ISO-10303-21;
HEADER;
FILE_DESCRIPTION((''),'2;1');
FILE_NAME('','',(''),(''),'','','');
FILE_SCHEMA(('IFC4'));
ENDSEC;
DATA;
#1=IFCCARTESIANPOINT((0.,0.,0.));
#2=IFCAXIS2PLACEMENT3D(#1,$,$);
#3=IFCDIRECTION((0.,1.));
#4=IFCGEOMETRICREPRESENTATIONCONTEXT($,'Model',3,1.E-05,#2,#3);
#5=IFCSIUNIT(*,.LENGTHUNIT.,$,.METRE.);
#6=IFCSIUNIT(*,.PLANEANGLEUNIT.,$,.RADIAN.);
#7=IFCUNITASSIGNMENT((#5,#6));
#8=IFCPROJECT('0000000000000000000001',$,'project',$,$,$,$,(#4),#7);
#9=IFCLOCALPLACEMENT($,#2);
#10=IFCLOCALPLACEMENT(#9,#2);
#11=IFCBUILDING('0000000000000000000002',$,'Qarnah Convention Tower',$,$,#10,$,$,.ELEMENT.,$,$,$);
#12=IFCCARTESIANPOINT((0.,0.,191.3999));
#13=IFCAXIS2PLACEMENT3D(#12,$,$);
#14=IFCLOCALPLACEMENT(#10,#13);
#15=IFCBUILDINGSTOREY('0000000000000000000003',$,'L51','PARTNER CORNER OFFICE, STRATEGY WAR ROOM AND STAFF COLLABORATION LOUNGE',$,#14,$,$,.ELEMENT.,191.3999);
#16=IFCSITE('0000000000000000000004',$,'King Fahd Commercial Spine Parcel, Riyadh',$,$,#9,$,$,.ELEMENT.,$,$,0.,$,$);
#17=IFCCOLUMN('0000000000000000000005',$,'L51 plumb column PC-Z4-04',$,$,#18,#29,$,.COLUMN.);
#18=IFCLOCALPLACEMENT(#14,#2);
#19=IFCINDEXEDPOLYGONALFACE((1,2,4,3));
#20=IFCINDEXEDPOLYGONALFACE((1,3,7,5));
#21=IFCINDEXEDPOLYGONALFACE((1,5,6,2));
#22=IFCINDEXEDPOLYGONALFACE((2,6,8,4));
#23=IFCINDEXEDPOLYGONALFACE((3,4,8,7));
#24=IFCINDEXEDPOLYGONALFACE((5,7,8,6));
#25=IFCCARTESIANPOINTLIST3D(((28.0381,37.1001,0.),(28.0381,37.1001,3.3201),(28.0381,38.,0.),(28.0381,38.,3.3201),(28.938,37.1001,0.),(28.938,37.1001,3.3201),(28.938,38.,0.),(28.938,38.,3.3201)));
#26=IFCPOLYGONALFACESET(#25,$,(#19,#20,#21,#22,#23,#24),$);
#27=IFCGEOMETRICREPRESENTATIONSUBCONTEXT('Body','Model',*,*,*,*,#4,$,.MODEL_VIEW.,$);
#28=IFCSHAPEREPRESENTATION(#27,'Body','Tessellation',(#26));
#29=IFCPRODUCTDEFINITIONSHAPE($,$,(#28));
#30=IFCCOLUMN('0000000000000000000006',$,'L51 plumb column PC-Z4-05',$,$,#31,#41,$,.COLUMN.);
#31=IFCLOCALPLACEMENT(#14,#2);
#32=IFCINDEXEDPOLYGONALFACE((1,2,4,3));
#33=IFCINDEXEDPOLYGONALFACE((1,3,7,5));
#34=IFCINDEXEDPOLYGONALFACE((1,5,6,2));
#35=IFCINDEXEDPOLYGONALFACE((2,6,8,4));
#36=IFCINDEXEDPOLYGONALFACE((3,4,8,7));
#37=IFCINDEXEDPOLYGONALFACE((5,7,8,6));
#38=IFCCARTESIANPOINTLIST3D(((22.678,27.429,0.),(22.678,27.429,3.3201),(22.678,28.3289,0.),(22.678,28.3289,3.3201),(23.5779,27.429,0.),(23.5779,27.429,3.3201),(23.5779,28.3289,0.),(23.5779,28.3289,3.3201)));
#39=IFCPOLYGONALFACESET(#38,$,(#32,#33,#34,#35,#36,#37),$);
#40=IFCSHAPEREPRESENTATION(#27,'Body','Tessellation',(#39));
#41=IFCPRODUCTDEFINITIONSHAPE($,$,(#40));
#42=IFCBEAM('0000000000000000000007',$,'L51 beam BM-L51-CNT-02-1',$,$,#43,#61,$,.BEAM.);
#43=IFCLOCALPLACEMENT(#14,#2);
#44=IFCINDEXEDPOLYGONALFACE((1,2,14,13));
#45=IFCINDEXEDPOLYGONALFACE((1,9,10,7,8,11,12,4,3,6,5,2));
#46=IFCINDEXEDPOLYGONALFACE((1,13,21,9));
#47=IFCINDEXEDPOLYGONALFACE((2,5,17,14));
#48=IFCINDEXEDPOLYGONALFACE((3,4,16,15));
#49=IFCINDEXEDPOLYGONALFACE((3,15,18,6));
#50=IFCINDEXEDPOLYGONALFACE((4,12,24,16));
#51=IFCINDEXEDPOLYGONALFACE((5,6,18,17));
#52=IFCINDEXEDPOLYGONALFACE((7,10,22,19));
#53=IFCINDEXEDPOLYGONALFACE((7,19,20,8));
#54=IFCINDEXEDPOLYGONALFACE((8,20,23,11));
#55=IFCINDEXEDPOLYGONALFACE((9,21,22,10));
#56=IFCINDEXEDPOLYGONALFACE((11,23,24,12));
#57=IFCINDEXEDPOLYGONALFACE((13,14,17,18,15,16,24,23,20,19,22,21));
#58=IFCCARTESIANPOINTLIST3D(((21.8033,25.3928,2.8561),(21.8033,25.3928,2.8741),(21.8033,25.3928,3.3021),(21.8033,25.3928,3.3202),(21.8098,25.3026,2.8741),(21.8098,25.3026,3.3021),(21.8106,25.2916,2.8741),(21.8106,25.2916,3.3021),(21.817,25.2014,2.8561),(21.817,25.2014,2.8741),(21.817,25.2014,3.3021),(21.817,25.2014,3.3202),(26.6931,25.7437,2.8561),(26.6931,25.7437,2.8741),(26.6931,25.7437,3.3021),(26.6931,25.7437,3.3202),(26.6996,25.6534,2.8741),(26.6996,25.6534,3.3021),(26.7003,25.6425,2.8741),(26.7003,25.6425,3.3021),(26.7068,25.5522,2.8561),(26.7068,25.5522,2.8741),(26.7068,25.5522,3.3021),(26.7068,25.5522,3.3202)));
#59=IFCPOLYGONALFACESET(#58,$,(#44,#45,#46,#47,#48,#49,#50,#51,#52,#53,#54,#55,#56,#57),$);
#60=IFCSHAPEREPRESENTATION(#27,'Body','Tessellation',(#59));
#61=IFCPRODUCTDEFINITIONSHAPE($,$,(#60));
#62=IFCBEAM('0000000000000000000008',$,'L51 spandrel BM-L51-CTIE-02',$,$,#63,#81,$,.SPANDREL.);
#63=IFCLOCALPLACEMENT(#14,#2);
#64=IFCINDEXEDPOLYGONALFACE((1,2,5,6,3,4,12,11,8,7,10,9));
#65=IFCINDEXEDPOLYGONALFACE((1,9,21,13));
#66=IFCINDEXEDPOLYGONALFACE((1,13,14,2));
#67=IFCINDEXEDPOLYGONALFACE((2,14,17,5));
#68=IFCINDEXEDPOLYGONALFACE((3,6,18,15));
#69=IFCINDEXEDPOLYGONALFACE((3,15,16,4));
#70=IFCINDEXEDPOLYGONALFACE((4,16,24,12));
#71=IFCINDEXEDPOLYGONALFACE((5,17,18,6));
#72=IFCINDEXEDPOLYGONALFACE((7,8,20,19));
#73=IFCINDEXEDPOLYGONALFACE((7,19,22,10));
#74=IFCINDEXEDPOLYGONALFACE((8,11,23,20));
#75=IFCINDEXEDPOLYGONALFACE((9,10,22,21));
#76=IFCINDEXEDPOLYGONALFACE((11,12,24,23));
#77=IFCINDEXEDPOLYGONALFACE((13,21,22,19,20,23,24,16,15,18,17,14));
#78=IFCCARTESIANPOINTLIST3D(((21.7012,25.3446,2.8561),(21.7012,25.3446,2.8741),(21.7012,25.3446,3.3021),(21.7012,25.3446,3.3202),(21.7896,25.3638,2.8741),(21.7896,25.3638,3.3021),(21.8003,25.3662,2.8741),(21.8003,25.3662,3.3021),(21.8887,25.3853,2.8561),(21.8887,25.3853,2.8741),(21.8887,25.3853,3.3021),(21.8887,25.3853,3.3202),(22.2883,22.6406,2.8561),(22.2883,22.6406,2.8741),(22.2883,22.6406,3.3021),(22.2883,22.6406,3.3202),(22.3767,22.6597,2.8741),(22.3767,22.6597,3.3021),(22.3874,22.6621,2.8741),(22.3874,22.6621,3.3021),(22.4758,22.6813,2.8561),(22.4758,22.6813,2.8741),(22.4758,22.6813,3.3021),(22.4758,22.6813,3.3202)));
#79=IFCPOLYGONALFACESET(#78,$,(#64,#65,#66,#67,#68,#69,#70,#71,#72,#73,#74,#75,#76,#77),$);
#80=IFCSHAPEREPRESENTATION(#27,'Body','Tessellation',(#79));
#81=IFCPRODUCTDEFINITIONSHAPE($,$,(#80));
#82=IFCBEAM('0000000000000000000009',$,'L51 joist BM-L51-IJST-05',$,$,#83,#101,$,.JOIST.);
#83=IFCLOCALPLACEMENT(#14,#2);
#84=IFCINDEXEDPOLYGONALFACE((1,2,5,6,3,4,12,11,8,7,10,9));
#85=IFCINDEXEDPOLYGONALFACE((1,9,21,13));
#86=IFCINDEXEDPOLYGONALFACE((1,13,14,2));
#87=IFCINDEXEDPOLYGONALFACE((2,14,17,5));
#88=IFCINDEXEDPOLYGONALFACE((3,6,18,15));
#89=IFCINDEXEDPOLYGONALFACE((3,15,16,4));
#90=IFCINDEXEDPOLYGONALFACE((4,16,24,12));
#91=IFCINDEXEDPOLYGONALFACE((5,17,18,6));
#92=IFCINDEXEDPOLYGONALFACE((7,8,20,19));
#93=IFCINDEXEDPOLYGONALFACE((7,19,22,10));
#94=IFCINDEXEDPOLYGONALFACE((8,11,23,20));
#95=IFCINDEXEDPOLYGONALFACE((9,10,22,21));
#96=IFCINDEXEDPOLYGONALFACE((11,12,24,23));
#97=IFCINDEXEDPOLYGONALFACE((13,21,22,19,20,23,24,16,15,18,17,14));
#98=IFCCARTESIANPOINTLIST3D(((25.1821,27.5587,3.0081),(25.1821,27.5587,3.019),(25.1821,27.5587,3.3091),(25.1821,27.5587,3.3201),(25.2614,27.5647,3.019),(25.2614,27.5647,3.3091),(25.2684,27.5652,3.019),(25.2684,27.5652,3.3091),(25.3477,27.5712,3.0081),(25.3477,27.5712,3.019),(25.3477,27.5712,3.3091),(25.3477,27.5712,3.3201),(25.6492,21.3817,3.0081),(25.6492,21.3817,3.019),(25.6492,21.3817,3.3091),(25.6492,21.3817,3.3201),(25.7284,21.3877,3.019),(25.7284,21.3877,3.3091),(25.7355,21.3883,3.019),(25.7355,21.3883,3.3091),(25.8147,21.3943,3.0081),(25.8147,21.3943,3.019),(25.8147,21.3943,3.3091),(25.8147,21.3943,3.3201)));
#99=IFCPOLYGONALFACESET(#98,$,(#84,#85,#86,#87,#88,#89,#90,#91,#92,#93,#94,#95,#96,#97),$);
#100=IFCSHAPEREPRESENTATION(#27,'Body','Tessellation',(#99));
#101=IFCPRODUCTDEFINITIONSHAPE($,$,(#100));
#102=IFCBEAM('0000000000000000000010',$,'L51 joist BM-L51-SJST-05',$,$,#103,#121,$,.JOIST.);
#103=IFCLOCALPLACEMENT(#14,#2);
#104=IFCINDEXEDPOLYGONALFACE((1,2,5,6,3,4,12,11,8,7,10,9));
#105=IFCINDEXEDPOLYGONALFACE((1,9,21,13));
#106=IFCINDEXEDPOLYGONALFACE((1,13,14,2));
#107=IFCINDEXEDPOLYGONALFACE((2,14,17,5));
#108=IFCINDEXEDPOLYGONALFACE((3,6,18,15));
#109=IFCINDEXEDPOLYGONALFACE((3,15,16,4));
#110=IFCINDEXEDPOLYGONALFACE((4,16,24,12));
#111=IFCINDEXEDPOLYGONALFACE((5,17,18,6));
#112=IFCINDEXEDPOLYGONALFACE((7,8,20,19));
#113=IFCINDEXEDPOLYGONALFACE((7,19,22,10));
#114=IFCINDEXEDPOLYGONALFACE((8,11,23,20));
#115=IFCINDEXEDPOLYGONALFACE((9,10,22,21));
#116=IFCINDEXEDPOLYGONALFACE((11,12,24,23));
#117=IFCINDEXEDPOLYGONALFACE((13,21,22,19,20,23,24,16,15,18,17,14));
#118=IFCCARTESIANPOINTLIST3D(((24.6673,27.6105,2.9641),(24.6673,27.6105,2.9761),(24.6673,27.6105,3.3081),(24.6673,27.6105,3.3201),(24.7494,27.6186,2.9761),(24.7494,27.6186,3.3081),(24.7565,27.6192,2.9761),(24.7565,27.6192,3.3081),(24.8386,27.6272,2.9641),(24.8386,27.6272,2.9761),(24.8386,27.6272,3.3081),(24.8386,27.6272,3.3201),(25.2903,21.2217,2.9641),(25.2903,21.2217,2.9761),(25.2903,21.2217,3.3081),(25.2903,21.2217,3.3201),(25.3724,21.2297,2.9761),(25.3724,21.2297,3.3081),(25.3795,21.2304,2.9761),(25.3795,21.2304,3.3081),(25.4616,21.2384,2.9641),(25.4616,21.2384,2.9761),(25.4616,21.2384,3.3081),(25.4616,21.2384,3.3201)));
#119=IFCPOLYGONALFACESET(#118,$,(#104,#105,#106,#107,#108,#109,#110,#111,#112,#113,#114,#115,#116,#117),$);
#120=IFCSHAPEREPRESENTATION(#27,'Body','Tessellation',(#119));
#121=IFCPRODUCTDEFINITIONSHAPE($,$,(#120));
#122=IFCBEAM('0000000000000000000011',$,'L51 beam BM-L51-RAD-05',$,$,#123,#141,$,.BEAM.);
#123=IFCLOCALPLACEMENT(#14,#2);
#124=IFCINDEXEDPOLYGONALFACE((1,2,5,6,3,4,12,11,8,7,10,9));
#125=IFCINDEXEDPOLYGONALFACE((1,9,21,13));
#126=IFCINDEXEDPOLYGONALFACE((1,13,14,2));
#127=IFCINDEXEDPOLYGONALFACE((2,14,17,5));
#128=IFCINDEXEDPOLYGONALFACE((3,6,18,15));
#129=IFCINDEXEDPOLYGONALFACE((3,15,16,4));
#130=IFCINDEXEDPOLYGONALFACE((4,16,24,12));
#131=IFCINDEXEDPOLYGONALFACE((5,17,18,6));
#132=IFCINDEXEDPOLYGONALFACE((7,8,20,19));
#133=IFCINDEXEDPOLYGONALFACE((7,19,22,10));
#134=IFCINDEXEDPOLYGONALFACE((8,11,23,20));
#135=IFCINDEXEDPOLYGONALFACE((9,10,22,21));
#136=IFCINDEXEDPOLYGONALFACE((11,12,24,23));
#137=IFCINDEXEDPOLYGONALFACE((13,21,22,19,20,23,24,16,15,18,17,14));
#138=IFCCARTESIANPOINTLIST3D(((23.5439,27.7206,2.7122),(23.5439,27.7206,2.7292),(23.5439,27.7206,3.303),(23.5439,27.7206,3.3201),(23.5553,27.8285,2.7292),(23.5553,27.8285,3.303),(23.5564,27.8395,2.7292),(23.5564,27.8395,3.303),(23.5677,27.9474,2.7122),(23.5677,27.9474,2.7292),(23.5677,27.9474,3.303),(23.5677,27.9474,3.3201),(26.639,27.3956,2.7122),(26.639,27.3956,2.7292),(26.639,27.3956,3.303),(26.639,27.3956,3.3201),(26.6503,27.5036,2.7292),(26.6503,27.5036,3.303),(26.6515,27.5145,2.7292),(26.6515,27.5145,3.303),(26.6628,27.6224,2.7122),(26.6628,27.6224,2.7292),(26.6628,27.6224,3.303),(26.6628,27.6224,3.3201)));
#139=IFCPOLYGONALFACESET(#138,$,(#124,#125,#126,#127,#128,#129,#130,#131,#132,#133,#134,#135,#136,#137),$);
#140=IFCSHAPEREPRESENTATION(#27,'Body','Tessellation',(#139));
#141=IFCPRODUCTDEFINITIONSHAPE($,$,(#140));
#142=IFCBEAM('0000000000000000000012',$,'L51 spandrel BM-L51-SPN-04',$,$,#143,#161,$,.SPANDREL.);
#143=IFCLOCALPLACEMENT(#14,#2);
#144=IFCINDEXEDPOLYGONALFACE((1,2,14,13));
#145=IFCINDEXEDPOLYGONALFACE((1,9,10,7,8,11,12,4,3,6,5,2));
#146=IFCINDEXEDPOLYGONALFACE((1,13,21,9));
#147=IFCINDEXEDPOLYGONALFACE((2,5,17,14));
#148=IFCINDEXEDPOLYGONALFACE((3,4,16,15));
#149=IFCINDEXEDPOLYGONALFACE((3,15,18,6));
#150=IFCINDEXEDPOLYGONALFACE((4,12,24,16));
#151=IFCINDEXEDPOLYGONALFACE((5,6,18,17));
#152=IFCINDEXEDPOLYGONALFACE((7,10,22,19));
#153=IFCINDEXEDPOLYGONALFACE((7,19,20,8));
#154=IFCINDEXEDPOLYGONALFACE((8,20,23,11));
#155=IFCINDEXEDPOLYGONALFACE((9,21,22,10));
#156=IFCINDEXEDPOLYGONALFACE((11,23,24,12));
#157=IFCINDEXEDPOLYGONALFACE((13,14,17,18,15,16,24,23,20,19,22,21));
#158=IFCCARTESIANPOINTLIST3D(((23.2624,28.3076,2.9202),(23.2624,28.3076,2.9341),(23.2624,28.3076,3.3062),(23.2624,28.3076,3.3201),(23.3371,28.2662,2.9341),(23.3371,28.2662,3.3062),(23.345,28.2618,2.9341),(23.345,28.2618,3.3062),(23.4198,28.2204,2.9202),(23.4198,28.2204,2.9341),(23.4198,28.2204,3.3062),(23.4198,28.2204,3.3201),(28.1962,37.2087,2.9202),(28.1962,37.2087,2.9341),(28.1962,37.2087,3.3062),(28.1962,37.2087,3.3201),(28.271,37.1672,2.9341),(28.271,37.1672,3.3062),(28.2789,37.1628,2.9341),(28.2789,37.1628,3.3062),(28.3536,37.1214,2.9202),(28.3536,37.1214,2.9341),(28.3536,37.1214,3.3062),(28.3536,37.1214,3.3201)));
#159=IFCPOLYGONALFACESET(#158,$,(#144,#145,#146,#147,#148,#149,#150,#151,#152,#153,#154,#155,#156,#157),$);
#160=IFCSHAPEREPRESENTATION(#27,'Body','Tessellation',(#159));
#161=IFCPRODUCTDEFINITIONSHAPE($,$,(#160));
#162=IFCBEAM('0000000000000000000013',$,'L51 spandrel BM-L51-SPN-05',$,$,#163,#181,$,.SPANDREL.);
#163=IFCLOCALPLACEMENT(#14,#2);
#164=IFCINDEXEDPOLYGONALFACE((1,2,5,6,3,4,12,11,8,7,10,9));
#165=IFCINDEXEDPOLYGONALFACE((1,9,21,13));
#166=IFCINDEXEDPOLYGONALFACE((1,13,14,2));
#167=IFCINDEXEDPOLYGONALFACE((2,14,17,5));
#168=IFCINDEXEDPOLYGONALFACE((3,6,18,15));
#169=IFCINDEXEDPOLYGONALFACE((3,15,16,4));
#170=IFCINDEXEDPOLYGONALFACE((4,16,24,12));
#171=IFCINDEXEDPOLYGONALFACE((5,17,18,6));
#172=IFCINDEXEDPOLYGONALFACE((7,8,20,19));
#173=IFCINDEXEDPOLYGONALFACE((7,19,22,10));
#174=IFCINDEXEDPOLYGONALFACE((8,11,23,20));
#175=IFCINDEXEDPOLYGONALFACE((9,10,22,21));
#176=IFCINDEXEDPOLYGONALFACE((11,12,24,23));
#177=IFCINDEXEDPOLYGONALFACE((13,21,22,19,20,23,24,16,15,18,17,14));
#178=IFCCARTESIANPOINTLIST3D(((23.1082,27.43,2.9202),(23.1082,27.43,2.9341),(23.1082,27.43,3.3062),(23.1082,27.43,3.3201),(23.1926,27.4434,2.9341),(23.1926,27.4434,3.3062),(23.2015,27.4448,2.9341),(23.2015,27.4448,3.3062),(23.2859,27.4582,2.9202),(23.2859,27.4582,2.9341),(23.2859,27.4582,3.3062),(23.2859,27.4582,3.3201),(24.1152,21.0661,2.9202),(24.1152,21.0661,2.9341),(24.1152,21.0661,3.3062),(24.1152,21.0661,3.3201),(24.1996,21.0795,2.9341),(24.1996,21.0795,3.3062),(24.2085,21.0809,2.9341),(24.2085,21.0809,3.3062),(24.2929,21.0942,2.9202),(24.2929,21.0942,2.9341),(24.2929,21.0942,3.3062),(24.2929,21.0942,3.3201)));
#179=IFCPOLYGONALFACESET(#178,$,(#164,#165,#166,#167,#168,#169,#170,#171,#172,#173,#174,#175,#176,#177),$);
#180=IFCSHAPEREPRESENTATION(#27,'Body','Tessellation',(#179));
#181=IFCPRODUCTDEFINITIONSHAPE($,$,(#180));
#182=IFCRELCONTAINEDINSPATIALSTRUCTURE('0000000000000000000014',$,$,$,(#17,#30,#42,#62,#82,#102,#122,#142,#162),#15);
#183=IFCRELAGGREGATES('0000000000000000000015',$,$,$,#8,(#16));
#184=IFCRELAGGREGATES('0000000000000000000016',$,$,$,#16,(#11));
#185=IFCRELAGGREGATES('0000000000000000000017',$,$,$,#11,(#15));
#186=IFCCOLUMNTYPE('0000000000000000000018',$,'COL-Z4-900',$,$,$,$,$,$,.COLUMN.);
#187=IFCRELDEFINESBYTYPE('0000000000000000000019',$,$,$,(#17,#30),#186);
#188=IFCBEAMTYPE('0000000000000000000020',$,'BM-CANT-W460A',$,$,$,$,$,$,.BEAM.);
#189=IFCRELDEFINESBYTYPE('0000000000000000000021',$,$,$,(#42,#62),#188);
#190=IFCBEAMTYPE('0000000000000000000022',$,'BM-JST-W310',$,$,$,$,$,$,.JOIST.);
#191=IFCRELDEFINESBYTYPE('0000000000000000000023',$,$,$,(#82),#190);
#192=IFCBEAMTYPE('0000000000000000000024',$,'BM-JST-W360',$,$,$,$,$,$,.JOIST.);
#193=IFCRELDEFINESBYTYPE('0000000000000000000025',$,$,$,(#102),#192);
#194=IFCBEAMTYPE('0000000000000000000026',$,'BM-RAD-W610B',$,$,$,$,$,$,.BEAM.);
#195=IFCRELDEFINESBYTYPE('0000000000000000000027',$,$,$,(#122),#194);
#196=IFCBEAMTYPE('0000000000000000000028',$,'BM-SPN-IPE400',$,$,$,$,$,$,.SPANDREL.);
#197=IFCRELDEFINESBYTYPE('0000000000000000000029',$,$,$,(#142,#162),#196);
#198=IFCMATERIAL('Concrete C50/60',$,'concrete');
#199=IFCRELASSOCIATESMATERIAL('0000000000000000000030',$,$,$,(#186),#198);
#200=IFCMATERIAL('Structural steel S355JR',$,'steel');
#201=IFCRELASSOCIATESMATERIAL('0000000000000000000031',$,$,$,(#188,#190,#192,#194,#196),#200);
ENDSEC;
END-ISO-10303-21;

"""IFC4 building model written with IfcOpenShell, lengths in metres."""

from ifc_helpers import new_model, si_unit, direction, frame, origin, origin_2d, place, context, subcontext, project, spatial, rectangle, i_section, extrude, material, material_profile, profile_set, type_object, element, save


model = new_model("IFC4")

# Units and contexts
model_context = context("Model", 3, precision=1e-05, world=origin(), true_north=direction((0.0, 1.0)))
body_context = subcontext(model_context, "Body", "Model", "MODEL_VIEW")
ifc_project = project(units=[si_unit("LENGTHUNIT", "METRE"), si_unit("PLANEANGLEUNIT", "RADIAN")], contexts=[model_context])

# Site, building, storey
site_placement = place(None, origin())
site = spatial("IfcSite", under=ifc_project, at=site_placement, Name="King Fahd Commercial Spine Parcel, Riyadh", CompositionType="ELEMENT", RefElevation=0.0)
building_placement = place(site_placement, origin())
building = spatial("IfcBuilding", under=site, at=building_placement, Name="Qarnah Convention Tower", CompositionType="ELEMENT")
storey_placement = place(building_placement, frame((0.0, 0.0, 191.3999)))
storey = spatial("IfcBuildingStorey", under=building, at=storey_placement, Name="L51", Description="PARTNER CORNER OFFICE, STRATEGY WAR ROOM AND STAFF COLLABORATION LOUNGE", CompositionType="ELEMENT", Elevation=191.3999)

# Columns
ifc_material_1 = material(Name="Concrete C50/60", Category="concrete")
ifc_material_profile_1 = material_profile(ifc_material_1, rectangle(XDim=0.8999, YDim=0.8999, at=origin_2d()), Name="RC-COL-900X900")
ifc_profile_set_1 = profile_set([ifc_material_profile_1], Name="Concrete C50/60")
column_type = type_object("IfcColumnType", Name="COL-Z4-900", PredefinedType="COLUMN", material=ifc_profile_set_1)
for number, where, z_axis, x_axis, name in (
    (1, (28.488, 37.55, 0.0), (0.0, 0.0, 1.0), (1.0, 0.0, 0.0), "L51 plumb column PC-Z4-04"),
    (2, (23.1279, 27.8789, 0.0), (0.0, 0.0, 1.0), (1.0, 0.0, 0.0), "L51 plumb column PC-Z4-05"),
):
    element("IfcColumn", number, at=place(storey_placement, frame(where, z_axis=z_axis, x_axis=x_axis)), inside=storey, type_object=column_type, Name=name, PredefinedType="COLUMN", context=body_context, shape_type="SweptSolid", body=[
        extrude(rectangle(XDim=0.8999, YDim=0.8999, at=origin_2d()), origin(), (0.0, 0.0, 1.0), 3.3201),
    ])

# Beams
ifc_material_2 = material(Name="Structural steel S355JR", Category="steel")
ifc_material_profile_2 = material_profile(ifc_material_2, i_section(OverallWidth=0.1919, OverallDepth=0.4641, WebThickness=0.011, FlangeThickness=0.0181, at=origin_2d()), Name="W460X89")
ifc_profile_set_2 = profile_set([ifc_material_profile_2], Name="Structural steel S355JR")
beam_type_1 = type_object("IfcBeamType", Name="BM-CANT-W460A", PredefinedType="BEAM", material=ifc_profile_set_2)
beam_1_placement = place(storey_placement, frame((26.7, 25.6479, 3.0881), z_axis=(-0.997436, -0.071562, 0.0), x_axis=(0.071562, -0.997436, 0.0)))
element("IfcBeam", 3, at=beam_1_placement, inside=storey, type_object=beam_type_1, Name="L51 beam BM-L51-CNT-02-1", PredefinedType="BEAM", context=body_context, shape_type="SweptSolid", body=[
    extrude(i_section(OverallWidth=0.1919, OverallDepth=0.4641, WebThickness=0.011, FlangeThickness=0.0181, at=origin_2d()), origin(), (0.0, 0.0, 1.0), 4.9023),
])
beam_2_placement = place(storey_placement, frame((21.7949, 25.365, 3.0881), z_axis=(0.212192, -0.977228, 0.0), x_axis=(0.977228, 0.212192, 0.0)))
element("IfcBeam", 4, at=beam_2_placement, inside=storey, type_object=beam_type_1, Name="L51 spandrel BM-L51-CTIE-02", PredefinedType="SPANDREL", context=body_context, shape_type="SweptSolid", body=[
    extrude(i_section(OverallWidth=0.1919, OverallDepth=0.4641, WebThickness=0.011, FlangeThickness=0.0181, at=origin_2d()), origin(), (0.0, 0.0, 1.0), 2.7671),
])
ifc_material_profile_3 = material_profile(ifc_material_2, i_section(OverallWidth=0.166, OverallDepth=0.312, WebThickness=0.0071, FlangeThickness=0.011, at=origin_2d()), Name="W310X45")
ifc_profile_set_3 = profile_set([ifc_material_profile_3], Name="Structural steel S355JR")
beam_type_2 = type_object("IfcBeamType", Name="BM-JST-W310", PredefinedType="JOIST", material=ifc_profile_set_3)
beam_3_placement = place(storey_placement, frame((25.2649, 27.5649, 3.1641), z_axis=(0.075394, -0.997154, 0.0), x_axis=(0.997154, 0.075394, 0.0)))
element("IfcBeam", 5, at=beam_3_placement, inside=storey, type_object=beam_type_2, Name="L51 joist BM-L51-IJST-05", PredefinedType="JOIST", context=body_context, shape_type="SweptSolid", body=[
    extrude(i_section(OverallWidth=0.166, OverallDepth=0.312, WebThickness=0.0071, FlangeThickness=0.011, at=origin_2d()), origin(), (0.0, 0.0, 1.0), 6.1946),
])
ifc_material_profile_4 = material_profile(ifc_material_2, i_section(OverallWidth=0.1721, OverallDepth=0.356, WebThickness=0.0071, FlangeThickness=0.012, at=origin_2d()), Name="W360X51")
ifc_profile_set_4 = profile_set([ifc_material_profile_4], Name="Structural steel S355JR")
beam_type_3 = type_object("IfcBeamType", Name="BM-JST-W360", PredefinedType="JOIST", material=ifc_profile_set_4)
beam_4_placement = place(storey_placement, frame((24.7529, 27.6189, 3.1421), z_axis=(0.09706, -0.995279, 0.0), x_axis=(0.995279, 0.09706, 0.0)))
element("IfcBeam", 6, at=beam_4_placement, inside=storey, type_object=beam_type_3, Name="L51 joist BM-L51-SJST-05", PredefinedType="JOIST", context=body_context, shape_type="SweptSolid", body=[
    extrude(i_section(OverallWidth=0.1721, OverallDepth=0.356, WebThickness=0.0071, FlangeThickness=0.012, at=origin_2d()), origin(), (0.0, 0.0, 1.0), 6.4192),
])
ifc_material_profile_5 = material_profile(ifc_material_2, i_section(OverallWidth=0.228, OverallDepth=0.6079, WebThickness=0.011, FlangeThickness=0.0171, at=origin_2d()), Name="W610X113")
ifc_profile_set_5 = profile_set([ifc_material_profile_5], Name="Structural steel S355JR")
beam_type_4 = type_object("IfcBeamType", Name="BM-RAD-W610B", PredefinedType="BEAM", material=ifc_profile_set_5)
beam_5_placement = place(storey_placement, frame((26.6509, 27.509, 3.0161), z_axis=(-0.994533, 0.104419, 0.0), x_axis=(-0.104419, -0.994533, 0.0)))
element("IfcBeam", 7, at=beam_5_placement, inside=storey, type_object=beam_type_4, Name="L51 beam BM-L51-RAD-05", PredefinedType="BEAM", context=body_context, shape_type="SweptSolid", body=[
    extrude(i_section(OverallWidth=0.228, OverallDepth=0.6079, WebThickness=0.011, FlangeThickness=0.0171, at=origin_2d()), origin(), (0.0, 0.0, 1.0), 3.1121),
])
ifc_material_profile_6 = material_profile(ifc_material_2, i_section(OverallWidth=0.1799, OverallDepth=0.3999, WebThickness=0.009, FlangeThickness=0.0139, at=origin_2d()), Name="IPE400")
ifc_profile_set_6 = profile_set([ifc_material_profile_6], Name="Structural steel S355JR")
beam_type_5 = type_object("IfcBeamType", Name="BM-SPN-IPE400", PredefinedType="SPANDREL", material=ifc_profile_set_6)
beam_6_placement = place(storey_placement, frame((28.2749, 37.165, 3.1201), z_axis=(-0.484799, -0.874625, 0.0), x_axis=(0.874625, -0.484799, 0.0)))
element("IfcBeam", 8, at=beam_6_placement, inside=storey, type_object=beam_type_5, Name="L51 spandrel BM-L51-SPN-04", PredefinedType="SPANDREL", context=body_context, shape_type="SweptSolid", body=[
    extrude(i_section(OverallWidth=0.1799, OverallDepth=0.3999, WebThickness=0.009, FlangeThickness=0.0139, at=origin_2d()), origin(), (0.0, 0.0, 1.0), 10.177),
])
beam_7_placement = place(storey_placement, frame((23.197, 27.4441, 3.1201), z_axis=(0.156301, -0.987709, 0.0), x_axis=(0.987709, 0.156301, 0.0)))
element("IfcBeam", 9, at=beam_7_placement, inside=storey, type_object=beam_type_5, Name="L51 spandrel BM-L51-SPN-05", PredefinedType="SPANDREL", context=body_context, shape_type="SweptSolid", body=[
    extrude(i_section(OverallWidth=0.1799, OverallDepth=0.3999, WebThickness=0.009, FlangeThickness=0.0139, at=origin_2d()), origin(), (0.0, 0.0, 1.0), 6.4431),
])

save(model, "model.ifc")
